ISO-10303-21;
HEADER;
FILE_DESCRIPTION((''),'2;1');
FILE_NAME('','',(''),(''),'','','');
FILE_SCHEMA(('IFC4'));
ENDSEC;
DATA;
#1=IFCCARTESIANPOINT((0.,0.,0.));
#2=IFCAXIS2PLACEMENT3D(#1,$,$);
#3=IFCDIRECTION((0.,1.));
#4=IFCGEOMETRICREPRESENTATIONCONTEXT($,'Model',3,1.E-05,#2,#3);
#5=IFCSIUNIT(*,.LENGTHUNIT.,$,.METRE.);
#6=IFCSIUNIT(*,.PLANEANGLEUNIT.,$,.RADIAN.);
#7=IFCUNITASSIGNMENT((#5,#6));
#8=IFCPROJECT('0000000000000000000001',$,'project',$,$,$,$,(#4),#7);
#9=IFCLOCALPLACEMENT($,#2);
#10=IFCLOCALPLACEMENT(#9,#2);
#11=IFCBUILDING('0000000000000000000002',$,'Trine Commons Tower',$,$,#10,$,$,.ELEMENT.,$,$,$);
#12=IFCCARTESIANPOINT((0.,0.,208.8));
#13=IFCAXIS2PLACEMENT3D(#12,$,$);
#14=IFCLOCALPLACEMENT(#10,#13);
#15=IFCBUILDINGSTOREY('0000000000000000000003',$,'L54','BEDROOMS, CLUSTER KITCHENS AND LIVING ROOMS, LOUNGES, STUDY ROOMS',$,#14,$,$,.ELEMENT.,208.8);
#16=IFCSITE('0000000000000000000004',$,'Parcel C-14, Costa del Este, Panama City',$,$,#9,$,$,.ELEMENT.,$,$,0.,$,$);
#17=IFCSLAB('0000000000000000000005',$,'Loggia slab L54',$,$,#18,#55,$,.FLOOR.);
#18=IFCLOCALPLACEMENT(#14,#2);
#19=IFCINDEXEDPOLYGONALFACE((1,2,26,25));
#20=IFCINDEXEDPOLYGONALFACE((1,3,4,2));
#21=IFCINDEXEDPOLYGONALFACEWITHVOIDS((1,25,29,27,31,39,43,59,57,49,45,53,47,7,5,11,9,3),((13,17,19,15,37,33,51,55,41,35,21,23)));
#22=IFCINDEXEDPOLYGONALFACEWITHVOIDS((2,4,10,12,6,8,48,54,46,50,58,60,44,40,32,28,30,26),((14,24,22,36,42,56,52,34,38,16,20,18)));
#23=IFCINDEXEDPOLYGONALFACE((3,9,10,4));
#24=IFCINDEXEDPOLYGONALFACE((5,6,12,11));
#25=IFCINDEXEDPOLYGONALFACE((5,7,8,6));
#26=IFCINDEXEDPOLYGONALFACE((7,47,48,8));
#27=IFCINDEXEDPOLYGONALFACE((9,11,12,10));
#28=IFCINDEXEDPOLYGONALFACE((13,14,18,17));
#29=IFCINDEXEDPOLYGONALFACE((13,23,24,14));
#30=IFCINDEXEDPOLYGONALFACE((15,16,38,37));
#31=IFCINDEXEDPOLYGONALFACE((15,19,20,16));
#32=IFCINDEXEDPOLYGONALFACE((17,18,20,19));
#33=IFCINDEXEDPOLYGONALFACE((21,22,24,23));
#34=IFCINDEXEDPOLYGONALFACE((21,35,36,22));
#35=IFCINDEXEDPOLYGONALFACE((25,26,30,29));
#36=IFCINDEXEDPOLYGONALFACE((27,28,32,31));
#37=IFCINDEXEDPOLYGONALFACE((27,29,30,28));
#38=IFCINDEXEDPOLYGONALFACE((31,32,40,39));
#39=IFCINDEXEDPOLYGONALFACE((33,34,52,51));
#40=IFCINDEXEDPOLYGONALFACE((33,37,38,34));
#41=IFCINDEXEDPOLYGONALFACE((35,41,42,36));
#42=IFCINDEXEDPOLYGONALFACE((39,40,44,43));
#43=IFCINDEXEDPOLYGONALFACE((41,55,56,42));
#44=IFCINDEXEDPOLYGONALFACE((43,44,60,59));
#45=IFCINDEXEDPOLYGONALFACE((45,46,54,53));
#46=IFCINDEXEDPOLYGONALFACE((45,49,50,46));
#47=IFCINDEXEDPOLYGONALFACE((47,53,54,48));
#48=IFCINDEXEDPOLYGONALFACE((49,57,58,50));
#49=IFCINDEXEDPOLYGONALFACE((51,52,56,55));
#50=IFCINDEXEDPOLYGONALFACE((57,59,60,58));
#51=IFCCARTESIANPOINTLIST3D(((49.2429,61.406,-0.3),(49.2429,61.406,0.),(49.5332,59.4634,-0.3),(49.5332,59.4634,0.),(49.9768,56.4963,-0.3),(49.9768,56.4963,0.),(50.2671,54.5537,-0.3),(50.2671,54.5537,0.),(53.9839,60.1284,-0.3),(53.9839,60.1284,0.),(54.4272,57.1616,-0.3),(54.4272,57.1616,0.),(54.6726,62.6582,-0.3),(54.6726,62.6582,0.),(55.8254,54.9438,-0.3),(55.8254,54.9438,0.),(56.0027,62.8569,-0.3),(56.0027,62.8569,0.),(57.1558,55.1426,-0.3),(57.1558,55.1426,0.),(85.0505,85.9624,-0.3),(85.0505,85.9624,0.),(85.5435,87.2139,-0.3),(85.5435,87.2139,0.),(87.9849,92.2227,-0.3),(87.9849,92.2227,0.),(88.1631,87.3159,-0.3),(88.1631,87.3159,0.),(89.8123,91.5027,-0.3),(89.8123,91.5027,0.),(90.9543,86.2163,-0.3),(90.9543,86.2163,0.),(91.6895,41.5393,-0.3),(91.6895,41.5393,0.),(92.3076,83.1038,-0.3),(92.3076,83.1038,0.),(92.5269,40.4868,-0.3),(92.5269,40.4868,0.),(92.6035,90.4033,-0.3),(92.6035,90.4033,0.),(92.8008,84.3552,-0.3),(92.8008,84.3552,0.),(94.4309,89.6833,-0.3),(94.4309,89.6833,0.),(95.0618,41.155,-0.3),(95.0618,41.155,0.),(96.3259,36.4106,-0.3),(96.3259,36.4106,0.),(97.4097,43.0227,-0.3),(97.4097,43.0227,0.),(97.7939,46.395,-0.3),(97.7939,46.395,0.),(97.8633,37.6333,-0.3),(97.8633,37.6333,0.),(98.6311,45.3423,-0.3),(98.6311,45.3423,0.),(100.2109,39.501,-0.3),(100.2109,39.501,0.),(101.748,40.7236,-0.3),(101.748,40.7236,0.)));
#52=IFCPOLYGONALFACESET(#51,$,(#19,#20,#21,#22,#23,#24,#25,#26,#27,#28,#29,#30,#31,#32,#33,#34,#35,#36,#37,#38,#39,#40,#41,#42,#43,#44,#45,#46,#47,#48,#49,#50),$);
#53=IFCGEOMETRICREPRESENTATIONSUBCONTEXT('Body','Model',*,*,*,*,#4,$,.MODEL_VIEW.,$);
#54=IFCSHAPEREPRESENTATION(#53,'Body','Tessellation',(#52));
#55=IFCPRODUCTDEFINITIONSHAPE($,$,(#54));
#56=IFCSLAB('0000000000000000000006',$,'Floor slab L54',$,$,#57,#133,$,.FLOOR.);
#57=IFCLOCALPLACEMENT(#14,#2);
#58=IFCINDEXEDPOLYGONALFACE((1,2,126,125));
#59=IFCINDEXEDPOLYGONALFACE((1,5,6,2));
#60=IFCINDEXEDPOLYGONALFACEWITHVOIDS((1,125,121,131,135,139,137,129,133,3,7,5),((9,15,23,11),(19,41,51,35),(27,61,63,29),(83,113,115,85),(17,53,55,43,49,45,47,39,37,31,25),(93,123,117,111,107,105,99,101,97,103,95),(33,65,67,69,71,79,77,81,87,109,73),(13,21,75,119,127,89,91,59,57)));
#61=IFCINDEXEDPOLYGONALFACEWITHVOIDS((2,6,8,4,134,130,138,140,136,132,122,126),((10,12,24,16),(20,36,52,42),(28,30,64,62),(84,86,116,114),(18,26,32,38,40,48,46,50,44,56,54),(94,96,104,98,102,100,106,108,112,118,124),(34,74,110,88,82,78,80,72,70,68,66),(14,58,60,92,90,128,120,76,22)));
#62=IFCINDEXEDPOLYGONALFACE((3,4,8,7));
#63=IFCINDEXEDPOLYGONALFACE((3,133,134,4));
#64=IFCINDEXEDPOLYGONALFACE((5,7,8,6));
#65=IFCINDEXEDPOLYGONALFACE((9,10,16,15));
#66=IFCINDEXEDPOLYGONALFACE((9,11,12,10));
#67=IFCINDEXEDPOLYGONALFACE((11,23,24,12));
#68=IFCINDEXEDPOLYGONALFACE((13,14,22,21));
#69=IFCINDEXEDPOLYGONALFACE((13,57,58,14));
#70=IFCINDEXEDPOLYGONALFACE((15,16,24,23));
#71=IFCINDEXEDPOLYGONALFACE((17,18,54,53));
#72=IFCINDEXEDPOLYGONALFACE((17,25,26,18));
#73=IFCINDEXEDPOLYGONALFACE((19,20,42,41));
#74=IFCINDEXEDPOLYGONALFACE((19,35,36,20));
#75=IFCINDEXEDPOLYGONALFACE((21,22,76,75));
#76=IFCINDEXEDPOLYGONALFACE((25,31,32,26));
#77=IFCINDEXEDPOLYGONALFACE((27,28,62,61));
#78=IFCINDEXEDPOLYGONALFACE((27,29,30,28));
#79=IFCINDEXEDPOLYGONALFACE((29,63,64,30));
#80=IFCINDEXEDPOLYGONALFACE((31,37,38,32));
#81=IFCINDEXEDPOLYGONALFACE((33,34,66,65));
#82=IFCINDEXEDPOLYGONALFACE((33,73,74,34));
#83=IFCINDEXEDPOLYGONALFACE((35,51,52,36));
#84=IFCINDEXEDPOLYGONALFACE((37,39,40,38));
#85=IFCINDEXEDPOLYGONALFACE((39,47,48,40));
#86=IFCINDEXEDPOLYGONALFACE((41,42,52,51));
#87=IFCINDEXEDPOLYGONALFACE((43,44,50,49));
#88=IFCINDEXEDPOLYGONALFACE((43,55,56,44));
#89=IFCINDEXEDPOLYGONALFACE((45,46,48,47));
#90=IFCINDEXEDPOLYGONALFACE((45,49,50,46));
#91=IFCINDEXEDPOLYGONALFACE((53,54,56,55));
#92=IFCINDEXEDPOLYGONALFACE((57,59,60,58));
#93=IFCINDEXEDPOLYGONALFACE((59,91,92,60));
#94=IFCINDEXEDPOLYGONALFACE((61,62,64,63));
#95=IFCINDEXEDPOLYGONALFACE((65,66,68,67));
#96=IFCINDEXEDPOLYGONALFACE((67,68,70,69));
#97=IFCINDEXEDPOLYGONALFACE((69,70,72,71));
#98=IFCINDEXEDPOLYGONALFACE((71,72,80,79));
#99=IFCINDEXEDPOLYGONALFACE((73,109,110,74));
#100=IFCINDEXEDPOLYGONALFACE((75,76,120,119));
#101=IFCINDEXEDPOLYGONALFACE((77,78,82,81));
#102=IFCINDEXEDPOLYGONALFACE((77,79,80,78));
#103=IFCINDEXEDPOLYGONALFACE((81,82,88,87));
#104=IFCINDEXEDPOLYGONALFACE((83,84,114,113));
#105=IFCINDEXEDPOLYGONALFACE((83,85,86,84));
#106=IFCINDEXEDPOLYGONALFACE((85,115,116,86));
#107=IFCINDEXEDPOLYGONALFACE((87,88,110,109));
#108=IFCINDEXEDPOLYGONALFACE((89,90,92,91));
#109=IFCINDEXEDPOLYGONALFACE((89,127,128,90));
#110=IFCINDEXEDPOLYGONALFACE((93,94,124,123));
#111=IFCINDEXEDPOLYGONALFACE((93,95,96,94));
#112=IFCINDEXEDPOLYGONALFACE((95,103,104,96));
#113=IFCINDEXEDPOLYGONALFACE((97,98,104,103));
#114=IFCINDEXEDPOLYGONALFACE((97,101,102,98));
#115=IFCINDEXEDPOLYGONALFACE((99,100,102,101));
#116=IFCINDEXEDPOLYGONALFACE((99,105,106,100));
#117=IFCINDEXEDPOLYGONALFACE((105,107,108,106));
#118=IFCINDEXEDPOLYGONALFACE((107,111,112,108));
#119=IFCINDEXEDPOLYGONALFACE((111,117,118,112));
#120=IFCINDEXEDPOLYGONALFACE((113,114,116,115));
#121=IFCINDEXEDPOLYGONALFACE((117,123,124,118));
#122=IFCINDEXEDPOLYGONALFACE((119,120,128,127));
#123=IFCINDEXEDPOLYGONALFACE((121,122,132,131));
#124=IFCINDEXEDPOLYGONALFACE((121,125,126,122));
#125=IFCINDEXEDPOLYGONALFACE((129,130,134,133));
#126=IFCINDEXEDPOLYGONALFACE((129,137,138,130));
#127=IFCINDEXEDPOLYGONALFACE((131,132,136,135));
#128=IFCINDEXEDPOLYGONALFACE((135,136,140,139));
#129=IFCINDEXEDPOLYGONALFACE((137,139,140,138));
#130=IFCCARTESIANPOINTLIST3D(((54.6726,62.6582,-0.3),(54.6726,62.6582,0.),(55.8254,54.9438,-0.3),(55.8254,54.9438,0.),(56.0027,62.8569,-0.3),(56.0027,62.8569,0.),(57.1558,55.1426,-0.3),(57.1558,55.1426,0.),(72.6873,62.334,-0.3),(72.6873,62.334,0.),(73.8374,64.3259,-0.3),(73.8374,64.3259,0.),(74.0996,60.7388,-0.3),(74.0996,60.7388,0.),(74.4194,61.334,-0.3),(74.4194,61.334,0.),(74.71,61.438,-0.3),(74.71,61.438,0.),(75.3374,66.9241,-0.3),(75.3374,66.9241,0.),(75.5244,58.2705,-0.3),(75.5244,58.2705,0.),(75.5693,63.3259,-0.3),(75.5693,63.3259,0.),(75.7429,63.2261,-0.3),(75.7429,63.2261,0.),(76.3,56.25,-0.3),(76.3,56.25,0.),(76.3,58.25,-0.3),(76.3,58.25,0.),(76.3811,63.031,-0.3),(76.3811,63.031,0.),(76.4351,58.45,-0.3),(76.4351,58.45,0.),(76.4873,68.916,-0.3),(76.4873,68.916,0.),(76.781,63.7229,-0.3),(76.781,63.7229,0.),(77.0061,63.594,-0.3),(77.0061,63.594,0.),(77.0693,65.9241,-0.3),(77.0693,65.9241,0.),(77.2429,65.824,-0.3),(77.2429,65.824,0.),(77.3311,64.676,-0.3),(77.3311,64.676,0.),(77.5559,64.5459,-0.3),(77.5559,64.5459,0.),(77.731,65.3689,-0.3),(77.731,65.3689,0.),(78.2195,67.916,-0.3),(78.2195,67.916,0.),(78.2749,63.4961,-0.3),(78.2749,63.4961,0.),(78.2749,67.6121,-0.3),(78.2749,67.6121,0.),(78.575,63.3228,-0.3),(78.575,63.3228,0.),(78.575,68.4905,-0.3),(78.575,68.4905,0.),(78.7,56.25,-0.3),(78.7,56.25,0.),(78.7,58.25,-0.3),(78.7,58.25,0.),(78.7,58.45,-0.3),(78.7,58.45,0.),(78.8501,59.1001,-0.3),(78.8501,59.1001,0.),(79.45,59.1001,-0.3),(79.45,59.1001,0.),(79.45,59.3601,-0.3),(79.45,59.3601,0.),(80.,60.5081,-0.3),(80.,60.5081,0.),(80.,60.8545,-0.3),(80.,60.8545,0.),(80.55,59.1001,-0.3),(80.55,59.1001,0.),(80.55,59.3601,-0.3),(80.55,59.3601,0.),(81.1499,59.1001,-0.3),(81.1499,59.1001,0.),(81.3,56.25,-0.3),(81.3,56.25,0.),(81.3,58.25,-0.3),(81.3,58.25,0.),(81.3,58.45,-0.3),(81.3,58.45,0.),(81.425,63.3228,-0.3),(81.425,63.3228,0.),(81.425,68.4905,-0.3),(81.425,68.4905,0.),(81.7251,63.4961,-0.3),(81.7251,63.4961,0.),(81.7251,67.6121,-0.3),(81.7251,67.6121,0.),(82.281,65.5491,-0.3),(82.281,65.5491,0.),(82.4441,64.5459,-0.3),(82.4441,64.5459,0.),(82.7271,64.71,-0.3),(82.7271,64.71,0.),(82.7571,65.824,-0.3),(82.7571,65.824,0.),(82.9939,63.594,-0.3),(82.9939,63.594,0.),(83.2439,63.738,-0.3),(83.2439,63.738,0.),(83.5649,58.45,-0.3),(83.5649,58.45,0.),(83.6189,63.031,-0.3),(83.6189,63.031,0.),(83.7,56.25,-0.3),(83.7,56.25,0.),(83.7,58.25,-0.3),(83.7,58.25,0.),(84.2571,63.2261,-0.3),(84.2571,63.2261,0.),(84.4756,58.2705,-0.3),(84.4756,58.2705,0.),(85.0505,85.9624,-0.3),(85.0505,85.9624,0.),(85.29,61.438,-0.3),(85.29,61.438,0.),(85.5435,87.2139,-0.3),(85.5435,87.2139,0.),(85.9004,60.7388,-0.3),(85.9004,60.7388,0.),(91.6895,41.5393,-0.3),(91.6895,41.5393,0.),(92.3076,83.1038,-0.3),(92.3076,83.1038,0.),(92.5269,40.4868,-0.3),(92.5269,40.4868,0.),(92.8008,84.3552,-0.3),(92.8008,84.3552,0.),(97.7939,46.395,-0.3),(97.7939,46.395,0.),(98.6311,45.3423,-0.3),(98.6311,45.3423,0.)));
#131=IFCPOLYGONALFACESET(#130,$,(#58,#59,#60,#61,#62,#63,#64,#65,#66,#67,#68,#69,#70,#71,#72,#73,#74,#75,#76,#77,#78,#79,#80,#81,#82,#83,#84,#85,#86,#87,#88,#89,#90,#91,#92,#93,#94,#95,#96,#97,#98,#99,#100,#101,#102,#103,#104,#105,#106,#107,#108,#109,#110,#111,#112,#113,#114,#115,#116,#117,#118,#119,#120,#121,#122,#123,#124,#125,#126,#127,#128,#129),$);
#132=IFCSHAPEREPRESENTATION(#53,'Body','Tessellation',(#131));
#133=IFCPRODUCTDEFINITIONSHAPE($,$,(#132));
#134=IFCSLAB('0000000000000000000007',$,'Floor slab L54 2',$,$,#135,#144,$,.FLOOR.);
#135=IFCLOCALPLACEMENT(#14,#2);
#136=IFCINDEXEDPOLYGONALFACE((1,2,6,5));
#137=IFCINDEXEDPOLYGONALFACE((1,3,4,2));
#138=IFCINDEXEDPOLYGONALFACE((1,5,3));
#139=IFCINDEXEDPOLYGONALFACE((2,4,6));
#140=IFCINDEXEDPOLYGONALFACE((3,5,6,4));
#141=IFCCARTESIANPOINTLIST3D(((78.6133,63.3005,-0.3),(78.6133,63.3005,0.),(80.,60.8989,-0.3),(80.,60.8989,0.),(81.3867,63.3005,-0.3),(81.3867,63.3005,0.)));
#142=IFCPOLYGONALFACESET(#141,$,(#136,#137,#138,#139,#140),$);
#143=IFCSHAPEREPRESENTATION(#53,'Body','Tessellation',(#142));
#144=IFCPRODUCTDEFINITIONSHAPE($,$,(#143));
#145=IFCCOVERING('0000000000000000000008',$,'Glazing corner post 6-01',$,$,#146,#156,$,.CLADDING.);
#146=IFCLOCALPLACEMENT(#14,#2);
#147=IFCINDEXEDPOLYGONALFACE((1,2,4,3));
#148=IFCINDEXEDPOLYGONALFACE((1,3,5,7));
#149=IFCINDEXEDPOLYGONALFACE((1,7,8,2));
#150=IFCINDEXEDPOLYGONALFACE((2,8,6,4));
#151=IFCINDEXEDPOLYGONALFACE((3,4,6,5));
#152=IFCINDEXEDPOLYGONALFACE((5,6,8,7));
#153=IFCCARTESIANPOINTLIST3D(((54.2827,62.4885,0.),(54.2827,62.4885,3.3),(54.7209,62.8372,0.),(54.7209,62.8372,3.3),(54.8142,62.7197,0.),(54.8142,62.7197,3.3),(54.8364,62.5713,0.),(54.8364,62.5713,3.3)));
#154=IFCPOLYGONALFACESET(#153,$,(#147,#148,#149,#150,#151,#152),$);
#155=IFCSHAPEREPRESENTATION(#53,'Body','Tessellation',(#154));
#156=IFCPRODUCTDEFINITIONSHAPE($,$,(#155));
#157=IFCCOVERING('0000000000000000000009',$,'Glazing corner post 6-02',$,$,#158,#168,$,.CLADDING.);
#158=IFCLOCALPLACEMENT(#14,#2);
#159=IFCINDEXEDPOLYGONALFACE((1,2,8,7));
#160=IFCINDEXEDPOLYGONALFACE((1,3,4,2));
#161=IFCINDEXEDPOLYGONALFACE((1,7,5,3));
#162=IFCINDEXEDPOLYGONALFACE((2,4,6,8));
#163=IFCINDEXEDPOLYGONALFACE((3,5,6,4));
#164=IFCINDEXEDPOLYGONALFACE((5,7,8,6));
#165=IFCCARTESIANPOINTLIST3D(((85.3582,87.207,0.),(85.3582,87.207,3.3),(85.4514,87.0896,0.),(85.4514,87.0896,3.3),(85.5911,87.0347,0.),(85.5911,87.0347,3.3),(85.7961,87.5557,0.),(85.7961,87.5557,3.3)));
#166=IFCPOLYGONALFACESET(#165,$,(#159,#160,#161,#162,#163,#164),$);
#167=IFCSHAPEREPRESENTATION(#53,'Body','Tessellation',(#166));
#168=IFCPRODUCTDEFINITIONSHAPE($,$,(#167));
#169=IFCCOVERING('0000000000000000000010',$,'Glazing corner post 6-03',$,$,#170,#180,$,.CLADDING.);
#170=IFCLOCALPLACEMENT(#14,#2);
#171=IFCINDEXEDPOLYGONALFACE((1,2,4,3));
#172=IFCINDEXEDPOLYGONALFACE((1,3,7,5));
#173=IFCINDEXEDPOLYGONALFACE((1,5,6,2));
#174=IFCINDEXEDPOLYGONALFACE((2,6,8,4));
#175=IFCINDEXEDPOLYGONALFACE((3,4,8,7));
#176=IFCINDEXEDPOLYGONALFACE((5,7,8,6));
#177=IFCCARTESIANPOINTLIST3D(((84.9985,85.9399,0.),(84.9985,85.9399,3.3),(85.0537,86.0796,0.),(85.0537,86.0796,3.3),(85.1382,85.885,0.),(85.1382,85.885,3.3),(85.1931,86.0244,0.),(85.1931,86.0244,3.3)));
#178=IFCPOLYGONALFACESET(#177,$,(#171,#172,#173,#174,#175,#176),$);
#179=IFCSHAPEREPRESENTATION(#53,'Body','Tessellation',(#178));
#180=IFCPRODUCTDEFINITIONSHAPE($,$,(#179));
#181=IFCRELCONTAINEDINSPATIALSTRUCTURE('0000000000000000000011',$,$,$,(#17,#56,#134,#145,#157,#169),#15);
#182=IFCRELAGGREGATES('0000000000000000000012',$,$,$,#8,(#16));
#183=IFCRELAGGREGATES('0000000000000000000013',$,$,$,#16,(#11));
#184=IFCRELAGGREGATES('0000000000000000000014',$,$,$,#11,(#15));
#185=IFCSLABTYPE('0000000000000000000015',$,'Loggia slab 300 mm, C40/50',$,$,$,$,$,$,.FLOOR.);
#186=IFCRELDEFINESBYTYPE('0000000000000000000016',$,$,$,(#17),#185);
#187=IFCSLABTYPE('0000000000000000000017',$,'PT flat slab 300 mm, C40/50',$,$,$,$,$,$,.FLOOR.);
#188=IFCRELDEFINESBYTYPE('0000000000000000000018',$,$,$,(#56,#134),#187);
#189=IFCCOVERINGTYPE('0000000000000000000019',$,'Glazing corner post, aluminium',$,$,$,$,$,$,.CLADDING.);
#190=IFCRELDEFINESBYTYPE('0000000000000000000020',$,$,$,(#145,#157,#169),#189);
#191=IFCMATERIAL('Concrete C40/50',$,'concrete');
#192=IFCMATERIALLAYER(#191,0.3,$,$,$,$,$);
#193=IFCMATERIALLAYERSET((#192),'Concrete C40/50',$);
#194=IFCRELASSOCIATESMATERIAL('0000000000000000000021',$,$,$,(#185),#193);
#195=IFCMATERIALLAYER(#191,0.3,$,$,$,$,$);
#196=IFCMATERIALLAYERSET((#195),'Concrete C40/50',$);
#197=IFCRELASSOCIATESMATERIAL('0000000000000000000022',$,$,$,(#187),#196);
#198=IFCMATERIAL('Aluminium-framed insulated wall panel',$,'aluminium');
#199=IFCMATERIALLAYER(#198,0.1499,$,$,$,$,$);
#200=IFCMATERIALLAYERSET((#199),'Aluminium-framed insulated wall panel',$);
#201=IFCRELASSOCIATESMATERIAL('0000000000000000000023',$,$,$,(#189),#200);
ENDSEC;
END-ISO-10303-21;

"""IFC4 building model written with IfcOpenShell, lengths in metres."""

from ifc_helpers import new_model, si_unit, direction, frame, origin, place, context, subcontext, project, spatial, polyline, outline, extrude, material, layer, layer_set, type_object, element, save


model = new_model("IFC4")

# Units and contexts
model_context = context("Model", 3, precision=1e-05, world=origin(), true_north=direction((0.0, 1.0)))
body_context = subcontext(model_context, "Body", "Model", "MODEL_VIEW")
ifc_project = project(units=[si_unit("LENGTHUNIT", "METRE"), si_unit("PLANEANGLEUNIT", "RADIAN")], contexts=[model_context])

# Site, building, storey
site_placement = place(None, origin())
site = spatial("IfcSite", under=ifc_project, at=site_placement, Name="Parcel C-14, Costa del Este, Panama City", CompositionType="ELEMENT", RefElevation=0.0)
building_placement = place(site_placement, origin())
building = spatial("IfcBuilding", under=site, at=building_placement, Name="Trine Commons Tower", CompositionType="ELEMENT")
storey_placement = place(building_placement, frame((0.0, 0.0, 208.8)))
storey = spatial("IfcBuildingStorey", under=building, at=storey_placement, Name="L54", Description="BEDROOMS, CLUSTER KITCHENS AND LIVING ROOMS, LOUNGES, STUDY ROOMS", CompositionType="ELEMENT", Elevation=208.8)

# Slabs
ifc_material_1 = material(Name="Concrete C40/50", Category="concrete")
ifc_layer_1 = layer(ifc_material_1, 0.3)
ifc_layer_set_1 = layer_set([ifc_layer_1], Name="Concrete C40/50")
slab_type_1 = type_object("IfcSlabType", Name="Loggia slab 300 mm, C40/50", PredefinedType="FLOOR", material=ifc_layer_set_1)
slab_1_placement = place(storey_placement, frame((0.0, 0.0, -0.3)))
element("IfcSlab", 1, at=slab_1_placement, inside=storey, type_object=slab_type_1, Name="Loggia slab L54", PredefinedType="FLOOR", context=body_context, shape_type="SweptSolid", body=[
    extrude(outline(polyline([(101.748, 40.7236), (94.4309, 89.6833), (92.6035, 90.4033), (90.9543, 86.2163), (88.1631, 87.3159), (89.8123, 91.5027), (87.9849, 92.2227), (49.2429, 61.406), (49.5332, 59.4634), (53.9839, 60.1284), (54.4272, 57.1616), (49.9768, 56.4963), (50.2671, 54.5537), (96.3259, 36.4106), (97.8633, 37.6333), (95.0618, 41.155), (97.4097, 43.0227), (100.2109, 39.501), (101.748, 40.7236)]), holes=[polyline([(56.0027, 62.8569), (57.1558, 55.1426), (55.8254, 54.9438), (92.5269, 40.4868), (91.6895, 41.5393), (97.7939, 46.395), (98.6311, 45.3423), (92.8008, 84.3552), (92.3076, 83.1038), (85.0505, 85.9624), (85.5435, 87.2139), (54.6726, 62.6582), (56.0027, 62.8569)])]), origin(), (0.0, 0.0, 1.0), 0.3),
])
ifc_layer_2 = layer(ifc_material_1, 0.3)
ifc_layer_set_2 = layer_set([ifc_layer_2], Name="Concrete C40/50")
slab_type_2 = type_object("IfcSlabType", Name="PT flat slab 300 mm, C40/50", PredefinedType="FLOOR", material=ifc_layer_set_2)
slab_2_placement = place(storey_placement, frame((0.0, 0.0, -0.3)))
element("IfcSlab", 2, at=slab_2_placement, inside=storey, type_object=slab_type_2, Name="Floor slab L54", PredefinedType="FLOOR", context=body_context, shape_type="SweptSolid", body=[
    extrude(outline(polyline([(54.6726, 62.6582), (56.0027, 62.8569), (57.1558, 55.1426), (55.8254, 54.9438), (92.5269, 40.4868), (91.6895, 41.5393), (97.7939, 46.395), (98.6311, 45.3423), (92.8008, 84.3552), (92.3076, 83.1038), (85.0505, 85.9624), (85.5435, 87.2139), (54.6726, 62.6582)]), holes=[polyline([(78.7, 56.25), (78.7, 58.25), (76.3, 58.25), (76.3, 56.25), (78.7, 56.25)]), polyline([(83.7, 56.25), (83.7, 58.25), (81.3, 58.25), (81.3, 56.25), (83.7, 56.25)]), polyline([(81.3, 58.45), (83.5649, 58.45), (80.0, 60.5081), (76.4351, 58.45), (78.7, 58.45), (78.8501, 59.1001), (79.45, 59.1001), (79.45, 59.3601), (80.55, 59.3601), (80.55, 59.1001), (81.1499, 59.1001), (81.3, 58.45)]), polyline([(81.425, 63.3228), (81.425, 68.4905), (78.575, 68.4905), (78.575, 63.3228), (74.0996, 60.7388), (75.5244, 58.2705), (80.0, 60.8545), (84.4756, 58.2705), (85.9004, 60.7388), (81.425, 63.3228)]), polyline([(72.6873, 62.334), (74.4194, 61.334), (75.5693, 63.3259), (73.8374, 64.3259), (72.6873, 62.334)]), polyline([(76.3811, 63.031), (75.7429, 63.2261), (74.71, 61.438), (78.2749, 63.4961), (78.2749, 67.6121), (77.2429, 65.824), (77.731, 65.3689), (77.3311, 64.676), (77.5559, 64.5459), (77.0061, 63.594), (76.781, 63.7229), (76.3811, 63.031)]), polyline([(82.9939, 63.594), (82.4441, 64.5459), (82.7271, 64.71), (82.281, 65.5491), (82.7571, 65.824), (81.7251, 67.6121), (81.7251, 63.4961), (85.29, 61.438), (84.2571, 63.2261), (83.6189, 63.031), (83.2439, 63.738), (82.9939, 63.594)]), polyline([(76.4873, 68.916), (75.3374, 66.9241), (77.0693, 65.9241), (78.2195, 67.916), (76.4873, 68.916)])]), origin(), (0.0, 0.0, 1.0), 0.3),
])
slab_3_placement = place(storey_placement, frame((0.0, 0.0, -0.3)))
element("IfcSlab", 3, at=slab_3_placement, inside=storey, type_object=slab_type_2, Name="Floor slab L54 2", PredefinedType="FLOOR", context=body_context, shape_type="SweptSolid", body=[
    extrude(outline(polyline([(81.3867, 63.3005), (78.6133, 63.3005), (80.0, 60.8989), (81.3867, 63.3005)])), origin(), (0.0, 0.0, 1.0), 0.3),
])

# Coverings
ifc_material_2 = material(Name="Aluminium-framed insulated wall panel", Category="aluminium")
ifc_layer_3 = layer(ifc_material_2, 0.1499)
ifc_layer_set_3 = layer_set([ifc_layer_3], Name="Aluminium-framed insulated wall panel")
covering_type_1 = type_object("IfcCoveringType", Name="Glazing corner post, aluminium", PredefinedType="CLADDING", material=ifc_layer_set_3)
covering_1_placement = place(storey_placement, origin())
element("IfcCovering", 4, at=covering_1_placement, inside=storey, type_object=covering_type_1, Name="Glazing corner post 6-01", PredefinedType="CLADDING", context=body_context, shape_type="SweptSolid", body=[
    extrude(outline(polyline([(54.8364, 62.5713), (54.8142, 62.7197), (54.7209, 62.8372), (54.2827, 62.4885), (54.8364, 62.5713)])), origin(), (0.0, 0.0, 1.0), 3.3),
])
covering_2_placement = place(storey_placement, origin())
element("IfcCovering", 5, at=covering_2_placement, inside=storey, type_object=covering_type_1, Name="Glazing corner post 6-02", PredefinedType="CLADDING", context=body_context, shape_type="SweptSolid", body=[
    extrude(outline(polyline([(85.4514, 87.0896), (85.4514, 87.0896), (85.5911, 87.0347), (85.7961, 87.5557), (85.3582, 87.207), (85.4514, 87.0896)])), origin(), (0.0, 0.0, 1.0), 3.3),
])
covering_3_placement = place(storey_placement, origin())
element("IfcCovering", 6, at=covering_3_placement, inside=storey, type_object=covering_type_1, Name="Glazing corner post 6-03", PredefinedType="CLADDING", context=body_context, shape_type="SweptSolid", body=[
    extrude(outline(polyline([(85.1382, 85.885), (85.1931, 86.0244), (85.0537, 86.0796), (84.9985, 85.9399), (85.1382, 85.885)])), origin(), (0.0, 0.0, 1.0), 3.3),
])

save(model, "model.ifc")
